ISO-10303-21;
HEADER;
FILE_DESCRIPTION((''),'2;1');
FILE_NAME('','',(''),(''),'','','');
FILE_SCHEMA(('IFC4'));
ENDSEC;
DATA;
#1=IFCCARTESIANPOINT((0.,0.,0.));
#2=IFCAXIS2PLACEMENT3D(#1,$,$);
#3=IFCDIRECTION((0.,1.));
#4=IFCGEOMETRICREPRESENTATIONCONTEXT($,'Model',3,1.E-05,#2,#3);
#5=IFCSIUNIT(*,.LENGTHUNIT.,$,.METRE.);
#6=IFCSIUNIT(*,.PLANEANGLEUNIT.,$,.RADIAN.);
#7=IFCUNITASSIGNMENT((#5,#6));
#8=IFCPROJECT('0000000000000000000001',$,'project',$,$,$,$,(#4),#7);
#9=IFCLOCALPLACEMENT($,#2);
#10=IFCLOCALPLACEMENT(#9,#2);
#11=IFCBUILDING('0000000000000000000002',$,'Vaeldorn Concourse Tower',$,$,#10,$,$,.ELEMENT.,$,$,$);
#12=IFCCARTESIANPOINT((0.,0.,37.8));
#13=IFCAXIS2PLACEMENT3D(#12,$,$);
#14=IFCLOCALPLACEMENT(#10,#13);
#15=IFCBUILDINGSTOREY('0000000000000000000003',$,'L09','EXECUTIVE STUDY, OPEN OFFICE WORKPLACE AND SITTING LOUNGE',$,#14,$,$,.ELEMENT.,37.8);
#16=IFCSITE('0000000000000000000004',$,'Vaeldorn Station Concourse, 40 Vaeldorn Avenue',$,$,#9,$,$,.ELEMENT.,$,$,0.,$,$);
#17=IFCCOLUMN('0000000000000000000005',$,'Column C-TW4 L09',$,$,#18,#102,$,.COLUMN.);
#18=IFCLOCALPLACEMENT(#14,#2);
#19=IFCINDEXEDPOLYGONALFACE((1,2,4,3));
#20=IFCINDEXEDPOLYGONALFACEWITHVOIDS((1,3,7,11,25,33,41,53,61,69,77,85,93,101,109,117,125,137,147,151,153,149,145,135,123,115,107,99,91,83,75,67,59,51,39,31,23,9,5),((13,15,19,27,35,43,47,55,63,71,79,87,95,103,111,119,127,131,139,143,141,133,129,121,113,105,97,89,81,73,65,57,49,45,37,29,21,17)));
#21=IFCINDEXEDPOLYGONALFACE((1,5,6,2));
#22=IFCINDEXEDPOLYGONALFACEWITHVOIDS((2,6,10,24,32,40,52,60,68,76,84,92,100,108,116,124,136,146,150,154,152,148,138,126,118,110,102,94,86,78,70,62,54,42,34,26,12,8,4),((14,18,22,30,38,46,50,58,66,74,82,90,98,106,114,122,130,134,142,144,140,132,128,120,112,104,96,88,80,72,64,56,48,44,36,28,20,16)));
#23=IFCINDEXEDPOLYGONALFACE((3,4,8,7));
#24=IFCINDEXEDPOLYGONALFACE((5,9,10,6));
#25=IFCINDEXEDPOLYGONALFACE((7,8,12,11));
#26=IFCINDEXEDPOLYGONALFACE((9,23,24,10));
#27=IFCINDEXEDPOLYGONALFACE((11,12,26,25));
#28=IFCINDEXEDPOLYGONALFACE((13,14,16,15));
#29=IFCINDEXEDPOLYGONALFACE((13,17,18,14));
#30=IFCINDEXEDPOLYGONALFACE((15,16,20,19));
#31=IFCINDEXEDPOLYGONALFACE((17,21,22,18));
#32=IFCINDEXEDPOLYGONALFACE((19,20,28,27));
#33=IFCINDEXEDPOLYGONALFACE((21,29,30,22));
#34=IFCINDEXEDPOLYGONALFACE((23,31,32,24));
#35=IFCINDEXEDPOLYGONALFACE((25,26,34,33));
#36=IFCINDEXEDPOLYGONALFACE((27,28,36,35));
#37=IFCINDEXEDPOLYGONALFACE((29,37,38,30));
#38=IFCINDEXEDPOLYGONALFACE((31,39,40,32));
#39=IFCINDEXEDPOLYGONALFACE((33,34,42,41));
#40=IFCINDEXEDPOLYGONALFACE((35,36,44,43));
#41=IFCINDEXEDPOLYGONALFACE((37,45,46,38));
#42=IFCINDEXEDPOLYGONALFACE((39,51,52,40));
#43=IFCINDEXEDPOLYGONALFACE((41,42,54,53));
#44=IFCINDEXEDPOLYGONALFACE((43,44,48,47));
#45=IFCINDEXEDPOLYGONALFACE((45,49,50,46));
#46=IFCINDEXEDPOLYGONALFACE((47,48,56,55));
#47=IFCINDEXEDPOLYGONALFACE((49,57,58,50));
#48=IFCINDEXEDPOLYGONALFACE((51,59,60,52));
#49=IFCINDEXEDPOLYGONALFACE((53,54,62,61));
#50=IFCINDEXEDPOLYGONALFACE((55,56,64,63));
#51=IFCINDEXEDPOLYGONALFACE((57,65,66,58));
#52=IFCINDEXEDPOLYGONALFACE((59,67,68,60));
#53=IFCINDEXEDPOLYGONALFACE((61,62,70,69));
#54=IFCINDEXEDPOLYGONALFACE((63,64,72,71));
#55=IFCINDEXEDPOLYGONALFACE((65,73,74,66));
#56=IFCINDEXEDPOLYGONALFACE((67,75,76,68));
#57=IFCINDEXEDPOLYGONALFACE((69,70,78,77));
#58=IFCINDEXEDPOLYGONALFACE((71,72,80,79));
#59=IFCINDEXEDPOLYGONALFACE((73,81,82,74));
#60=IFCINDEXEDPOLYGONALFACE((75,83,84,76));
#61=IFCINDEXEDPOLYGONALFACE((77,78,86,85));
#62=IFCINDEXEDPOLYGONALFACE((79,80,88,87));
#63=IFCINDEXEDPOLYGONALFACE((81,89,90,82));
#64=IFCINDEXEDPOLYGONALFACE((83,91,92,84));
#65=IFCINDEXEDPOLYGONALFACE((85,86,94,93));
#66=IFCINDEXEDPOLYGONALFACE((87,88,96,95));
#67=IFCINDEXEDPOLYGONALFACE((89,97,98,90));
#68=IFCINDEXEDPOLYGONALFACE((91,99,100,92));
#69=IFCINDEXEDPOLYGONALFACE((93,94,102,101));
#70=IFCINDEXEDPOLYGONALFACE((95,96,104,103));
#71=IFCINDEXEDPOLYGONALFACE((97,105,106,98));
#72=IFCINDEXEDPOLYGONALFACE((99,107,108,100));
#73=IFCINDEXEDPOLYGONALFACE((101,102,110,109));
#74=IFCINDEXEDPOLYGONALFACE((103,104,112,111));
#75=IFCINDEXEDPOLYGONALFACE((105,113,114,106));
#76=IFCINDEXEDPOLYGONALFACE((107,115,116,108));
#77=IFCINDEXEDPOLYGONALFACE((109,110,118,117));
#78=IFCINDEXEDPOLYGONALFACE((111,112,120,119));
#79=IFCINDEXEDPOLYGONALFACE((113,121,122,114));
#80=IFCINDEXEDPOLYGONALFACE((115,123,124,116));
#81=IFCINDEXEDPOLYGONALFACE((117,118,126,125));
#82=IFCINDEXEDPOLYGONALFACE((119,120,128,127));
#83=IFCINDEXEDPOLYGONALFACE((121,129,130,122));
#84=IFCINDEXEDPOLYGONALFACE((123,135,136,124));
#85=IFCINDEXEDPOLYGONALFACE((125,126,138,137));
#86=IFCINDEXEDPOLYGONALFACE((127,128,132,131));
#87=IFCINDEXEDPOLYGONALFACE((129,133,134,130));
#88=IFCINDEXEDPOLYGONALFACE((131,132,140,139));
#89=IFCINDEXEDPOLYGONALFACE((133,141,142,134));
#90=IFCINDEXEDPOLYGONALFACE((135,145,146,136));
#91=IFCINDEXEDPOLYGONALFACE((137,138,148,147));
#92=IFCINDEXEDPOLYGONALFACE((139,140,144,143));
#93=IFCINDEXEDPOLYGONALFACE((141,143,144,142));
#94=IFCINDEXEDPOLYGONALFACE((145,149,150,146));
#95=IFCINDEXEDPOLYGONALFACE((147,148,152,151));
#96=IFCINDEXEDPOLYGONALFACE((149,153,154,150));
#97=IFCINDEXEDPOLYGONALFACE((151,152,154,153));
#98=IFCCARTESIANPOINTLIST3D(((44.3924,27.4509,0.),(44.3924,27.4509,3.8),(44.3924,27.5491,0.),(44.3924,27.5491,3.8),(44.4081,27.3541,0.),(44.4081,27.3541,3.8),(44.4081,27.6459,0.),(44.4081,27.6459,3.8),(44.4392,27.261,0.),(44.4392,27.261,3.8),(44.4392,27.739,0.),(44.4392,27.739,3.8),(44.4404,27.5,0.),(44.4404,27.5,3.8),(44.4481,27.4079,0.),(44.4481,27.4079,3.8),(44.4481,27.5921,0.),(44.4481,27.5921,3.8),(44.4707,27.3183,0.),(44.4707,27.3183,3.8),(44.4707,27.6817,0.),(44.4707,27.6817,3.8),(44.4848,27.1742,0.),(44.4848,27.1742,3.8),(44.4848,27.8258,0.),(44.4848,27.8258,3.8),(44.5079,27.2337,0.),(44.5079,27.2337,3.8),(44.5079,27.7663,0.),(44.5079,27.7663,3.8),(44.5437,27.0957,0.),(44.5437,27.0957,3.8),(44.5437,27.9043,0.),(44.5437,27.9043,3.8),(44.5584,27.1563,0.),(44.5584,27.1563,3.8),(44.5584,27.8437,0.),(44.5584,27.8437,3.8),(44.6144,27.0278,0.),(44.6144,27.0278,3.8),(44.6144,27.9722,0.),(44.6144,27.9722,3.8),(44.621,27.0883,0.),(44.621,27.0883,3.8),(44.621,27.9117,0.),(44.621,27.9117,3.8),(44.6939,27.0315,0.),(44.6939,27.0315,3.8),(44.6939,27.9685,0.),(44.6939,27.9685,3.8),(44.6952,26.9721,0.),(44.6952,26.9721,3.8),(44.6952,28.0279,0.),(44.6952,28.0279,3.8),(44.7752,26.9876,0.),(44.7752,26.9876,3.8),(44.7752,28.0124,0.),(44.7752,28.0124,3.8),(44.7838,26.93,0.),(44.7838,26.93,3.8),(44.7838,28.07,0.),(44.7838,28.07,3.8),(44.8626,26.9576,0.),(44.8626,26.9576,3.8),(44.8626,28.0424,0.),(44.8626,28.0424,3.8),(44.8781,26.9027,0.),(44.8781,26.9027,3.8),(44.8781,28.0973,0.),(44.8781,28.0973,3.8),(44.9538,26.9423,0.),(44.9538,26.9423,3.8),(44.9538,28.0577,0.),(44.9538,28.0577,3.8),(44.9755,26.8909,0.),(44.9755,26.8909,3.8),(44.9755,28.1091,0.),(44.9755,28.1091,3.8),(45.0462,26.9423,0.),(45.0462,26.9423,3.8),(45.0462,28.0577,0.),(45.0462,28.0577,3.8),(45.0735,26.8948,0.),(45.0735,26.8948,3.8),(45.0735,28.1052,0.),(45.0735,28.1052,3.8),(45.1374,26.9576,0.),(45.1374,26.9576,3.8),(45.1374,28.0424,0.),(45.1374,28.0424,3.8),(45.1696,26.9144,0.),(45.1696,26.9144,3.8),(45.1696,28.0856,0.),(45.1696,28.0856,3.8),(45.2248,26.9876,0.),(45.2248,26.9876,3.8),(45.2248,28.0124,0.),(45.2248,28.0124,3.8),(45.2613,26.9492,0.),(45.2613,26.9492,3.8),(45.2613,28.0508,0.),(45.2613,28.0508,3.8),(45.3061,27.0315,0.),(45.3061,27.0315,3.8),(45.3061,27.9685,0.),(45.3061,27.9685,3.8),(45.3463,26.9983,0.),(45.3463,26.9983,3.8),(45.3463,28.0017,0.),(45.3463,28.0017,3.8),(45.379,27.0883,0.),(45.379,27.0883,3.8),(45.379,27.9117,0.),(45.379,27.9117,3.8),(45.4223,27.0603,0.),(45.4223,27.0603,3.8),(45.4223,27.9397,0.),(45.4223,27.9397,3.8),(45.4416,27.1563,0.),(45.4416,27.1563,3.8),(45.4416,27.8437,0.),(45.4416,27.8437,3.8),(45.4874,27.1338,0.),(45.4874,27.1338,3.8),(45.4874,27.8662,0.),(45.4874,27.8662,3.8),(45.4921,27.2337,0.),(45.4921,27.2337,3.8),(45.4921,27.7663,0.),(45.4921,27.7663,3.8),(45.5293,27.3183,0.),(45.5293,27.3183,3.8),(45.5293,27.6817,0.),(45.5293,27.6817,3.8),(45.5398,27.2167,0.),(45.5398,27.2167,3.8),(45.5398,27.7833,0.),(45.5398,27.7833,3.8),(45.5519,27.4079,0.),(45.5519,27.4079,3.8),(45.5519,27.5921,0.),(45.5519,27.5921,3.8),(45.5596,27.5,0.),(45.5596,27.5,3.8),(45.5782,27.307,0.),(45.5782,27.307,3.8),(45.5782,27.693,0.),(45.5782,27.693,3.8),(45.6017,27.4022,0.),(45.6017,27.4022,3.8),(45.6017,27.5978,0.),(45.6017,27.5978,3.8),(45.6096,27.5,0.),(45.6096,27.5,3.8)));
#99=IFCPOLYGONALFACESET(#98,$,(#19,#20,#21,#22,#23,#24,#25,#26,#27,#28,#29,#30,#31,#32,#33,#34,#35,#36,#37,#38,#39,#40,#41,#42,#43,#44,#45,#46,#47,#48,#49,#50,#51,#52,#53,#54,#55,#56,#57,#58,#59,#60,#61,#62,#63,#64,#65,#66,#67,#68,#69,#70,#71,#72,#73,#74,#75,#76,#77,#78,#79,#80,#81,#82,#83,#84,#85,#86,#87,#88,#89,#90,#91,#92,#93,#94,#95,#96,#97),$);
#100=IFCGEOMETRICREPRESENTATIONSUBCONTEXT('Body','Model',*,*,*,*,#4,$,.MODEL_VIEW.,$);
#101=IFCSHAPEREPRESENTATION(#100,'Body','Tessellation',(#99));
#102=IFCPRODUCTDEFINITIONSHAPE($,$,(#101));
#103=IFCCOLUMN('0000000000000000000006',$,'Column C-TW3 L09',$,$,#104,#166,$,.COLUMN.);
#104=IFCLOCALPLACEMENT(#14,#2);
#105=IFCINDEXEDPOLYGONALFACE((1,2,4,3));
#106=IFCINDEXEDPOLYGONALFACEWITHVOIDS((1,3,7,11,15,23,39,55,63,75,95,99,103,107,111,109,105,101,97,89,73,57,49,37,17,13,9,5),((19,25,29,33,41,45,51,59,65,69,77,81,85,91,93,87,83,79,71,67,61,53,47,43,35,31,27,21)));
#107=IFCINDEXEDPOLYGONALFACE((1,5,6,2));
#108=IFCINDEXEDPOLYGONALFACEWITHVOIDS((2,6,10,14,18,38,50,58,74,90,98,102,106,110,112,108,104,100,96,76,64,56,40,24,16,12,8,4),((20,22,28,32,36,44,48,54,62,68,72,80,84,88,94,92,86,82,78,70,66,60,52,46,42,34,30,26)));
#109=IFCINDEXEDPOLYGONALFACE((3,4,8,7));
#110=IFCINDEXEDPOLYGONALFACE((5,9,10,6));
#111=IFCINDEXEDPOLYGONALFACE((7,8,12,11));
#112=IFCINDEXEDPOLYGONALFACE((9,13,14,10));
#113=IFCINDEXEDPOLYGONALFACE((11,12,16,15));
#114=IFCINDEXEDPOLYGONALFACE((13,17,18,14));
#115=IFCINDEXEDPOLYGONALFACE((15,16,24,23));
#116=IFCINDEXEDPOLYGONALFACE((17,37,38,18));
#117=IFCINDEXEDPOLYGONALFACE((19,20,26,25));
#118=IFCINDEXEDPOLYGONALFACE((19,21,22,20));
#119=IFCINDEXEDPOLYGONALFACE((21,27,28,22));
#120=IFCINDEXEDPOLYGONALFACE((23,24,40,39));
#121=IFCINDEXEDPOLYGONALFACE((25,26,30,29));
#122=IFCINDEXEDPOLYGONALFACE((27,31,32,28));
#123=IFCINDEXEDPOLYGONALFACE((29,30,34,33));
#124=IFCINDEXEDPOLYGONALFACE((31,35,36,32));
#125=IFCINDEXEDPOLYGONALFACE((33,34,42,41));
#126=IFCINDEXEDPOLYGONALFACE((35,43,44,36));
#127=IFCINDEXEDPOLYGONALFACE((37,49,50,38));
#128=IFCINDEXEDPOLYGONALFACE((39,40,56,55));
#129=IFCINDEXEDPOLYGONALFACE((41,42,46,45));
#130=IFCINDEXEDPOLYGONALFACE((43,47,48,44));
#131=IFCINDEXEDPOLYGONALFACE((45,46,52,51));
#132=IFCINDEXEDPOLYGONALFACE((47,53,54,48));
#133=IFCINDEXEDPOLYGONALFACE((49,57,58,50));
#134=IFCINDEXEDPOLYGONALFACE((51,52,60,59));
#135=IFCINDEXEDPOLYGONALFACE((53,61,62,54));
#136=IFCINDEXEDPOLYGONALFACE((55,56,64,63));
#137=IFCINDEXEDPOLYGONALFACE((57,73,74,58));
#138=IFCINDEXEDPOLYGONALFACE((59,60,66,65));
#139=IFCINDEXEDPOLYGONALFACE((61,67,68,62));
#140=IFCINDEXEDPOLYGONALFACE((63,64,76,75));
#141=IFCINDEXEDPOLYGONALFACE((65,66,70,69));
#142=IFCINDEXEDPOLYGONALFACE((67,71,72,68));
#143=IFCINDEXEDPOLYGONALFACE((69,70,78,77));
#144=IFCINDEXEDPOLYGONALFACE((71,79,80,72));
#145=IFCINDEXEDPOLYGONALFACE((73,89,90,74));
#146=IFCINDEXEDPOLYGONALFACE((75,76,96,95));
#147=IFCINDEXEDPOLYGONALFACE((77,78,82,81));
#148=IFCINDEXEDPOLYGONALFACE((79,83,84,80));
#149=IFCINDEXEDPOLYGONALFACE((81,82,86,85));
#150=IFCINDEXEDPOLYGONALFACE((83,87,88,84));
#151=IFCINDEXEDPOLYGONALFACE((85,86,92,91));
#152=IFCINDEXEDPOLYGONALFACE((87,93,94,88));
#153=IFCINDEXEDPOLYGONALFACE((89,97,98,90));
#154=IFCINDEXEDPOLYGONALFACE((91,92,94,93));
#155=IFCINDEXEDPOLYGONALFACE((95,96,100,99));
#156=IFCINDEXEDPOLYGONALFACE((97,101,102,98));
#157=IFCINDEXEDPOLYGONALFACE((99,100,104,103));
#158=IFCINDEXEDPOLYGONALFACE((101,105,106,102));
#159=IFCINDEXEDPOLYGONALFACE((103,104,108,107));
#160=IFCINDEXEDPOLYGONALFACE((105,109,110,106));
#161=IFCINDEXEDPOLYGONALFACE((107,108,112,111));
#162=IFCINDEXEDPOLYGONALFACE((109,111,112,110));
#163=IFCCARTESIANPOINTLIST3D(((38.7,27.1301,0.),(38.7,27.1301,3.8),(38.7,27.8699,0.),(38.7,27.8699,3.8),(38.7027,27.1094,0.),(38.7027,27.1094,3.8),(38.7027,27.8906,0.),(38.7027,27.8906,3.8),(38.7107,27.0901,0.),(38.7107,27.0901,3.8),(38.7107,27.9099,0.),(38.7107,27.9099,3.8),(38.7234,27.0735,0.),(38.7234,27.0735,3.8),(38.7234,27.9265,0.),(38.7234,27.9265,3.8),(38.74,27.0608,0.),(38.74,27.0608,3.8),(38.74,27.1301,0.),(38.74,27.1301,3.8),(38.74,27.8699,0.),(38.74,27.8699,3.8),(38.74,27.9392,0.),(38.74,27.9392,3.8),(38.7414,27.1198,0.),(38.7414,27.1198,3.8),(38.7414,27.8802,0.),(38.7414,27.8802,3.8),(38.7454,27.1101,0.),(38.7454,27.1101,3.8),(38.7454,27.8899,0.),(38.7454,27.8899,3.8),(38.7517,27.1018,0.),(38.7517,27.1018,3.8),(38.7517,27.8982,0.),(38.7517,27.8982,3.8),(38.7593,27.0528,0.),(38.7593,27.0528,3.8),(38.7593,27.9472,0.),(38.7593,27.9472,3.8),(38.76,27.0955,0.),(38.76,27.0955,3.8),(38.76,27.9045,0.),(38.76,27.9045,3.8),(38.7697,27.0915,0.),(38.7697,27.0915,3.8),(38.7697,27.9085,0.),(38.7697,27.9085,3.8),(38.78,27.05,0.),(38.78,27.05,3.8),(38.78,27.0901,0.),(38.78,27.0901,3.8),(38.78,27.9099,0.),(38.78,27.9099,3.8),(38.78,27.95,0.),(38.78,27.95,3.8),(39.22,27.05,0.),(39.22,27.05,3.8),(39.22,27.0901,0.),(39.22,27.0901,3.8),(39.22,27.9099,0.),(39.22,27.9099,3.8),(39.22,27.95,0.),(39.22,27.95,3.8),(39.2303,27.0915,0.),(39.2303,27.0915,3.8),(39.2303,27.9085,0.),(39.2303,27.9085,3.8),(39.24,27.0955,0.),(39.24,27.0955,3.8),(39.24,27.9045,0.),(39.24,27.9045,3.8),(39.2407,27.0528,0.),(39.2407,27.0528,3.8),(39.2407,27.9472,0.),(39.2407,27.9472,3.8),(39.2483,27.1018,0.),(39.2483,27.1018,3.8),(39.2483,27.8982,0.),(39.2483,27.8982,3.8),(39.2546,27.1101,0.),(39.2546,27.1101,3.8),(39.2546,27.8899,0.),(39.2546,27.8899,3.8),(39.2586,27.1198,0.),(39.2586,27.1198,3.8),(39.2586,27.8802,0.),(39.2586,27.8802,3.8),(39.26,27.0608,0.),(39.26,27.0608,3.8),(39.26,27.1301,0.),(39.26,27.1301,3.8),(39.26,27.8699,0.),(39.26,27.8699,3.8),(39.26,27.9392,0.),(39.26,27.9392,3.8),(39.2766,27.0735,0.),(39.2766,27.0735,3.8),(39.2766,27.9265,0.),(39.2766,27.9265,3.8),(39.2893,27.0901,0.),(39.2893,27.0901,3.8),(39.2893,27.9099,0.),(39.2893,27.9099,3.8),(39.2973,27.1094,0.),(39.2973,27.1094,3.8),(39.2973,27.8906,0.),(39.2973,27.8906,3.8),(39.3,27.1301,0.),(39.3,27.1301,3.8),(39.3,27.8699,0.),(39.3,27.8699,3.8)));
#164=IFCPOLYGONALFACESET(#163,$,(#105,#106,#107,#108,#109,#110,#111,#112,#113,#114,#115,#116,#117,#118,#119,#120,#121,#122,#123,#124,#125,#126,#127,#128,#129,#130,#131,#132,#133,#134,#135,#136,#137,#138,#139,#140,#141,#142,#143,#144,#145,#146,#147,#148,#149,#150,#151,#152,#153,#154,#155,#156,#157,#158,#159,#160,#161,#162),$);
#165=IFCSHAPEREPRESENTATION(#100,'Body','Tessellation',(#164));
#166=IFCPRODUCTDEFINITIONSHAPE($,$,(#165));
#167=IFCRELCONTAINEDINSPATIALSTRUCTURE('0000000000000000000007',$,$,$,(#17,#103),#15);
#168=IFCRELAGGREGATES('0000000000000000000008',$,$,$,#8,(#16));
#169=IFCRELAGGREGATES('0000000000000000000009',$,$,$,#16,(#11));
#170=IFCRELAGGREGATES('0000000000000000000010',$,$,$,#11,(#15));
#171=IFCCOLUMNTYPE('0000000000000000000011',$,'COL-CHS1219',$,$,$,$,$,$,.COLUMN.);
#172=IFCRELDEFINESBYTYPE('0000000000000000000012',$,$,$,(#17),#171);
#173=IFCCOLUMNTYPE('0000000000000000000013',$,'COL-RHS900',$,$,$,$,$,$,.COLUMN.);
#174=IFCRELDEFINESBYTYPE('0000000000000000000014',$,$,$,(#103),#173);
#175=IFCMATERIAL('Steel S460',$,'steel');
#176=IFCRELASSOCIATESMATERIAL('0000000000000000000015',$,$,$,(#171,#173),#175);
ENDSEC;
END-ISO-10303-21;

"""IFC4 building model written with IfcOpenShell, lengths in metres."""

from ifc_helpers import new_model, si_unit, direction, frame, origin, origin_2d, place, context, subcontext, project, spatial, hollow_rectangle, hollow_circle, extrude, source, transform, mapped, material, material_profile, profile_set, type_object, element, save


model = new_model("IFC4")

# Units and contexts
model_context = context("Model", 3, precision=1e-05, world=origin(), true_north=direction((0.0, 1.0)))
body_context = subcontext(model_context, "Body", "Model", "MODEL_VIEW")
ifc_project = project(units=[si_unit("LENGTHUNIT", "METRE"), si_unit("PLANEANGLEUNIT", "RADIAN")], contexts=[model_context])

# Site, building, storey
site_placement = place(None, origin())
site = spatial("IfcSite", under=ifc_project, at=site_placement, Name="Vaeldorn Station Concourse, 40 Vaeldorn Avenue", CompositionType="ELEMENT", RefElevation=0.0)
building_placement = place(site_placement, origin())
building = spatial("IfcBuilding", under=site, at=building_placement, Name="Vaeldorn Concourse Tower", CompositionType="ELEMENT")
storey_placement = place(building_placement, frame((0.0, 0.0, 37.8)))
storey = spatial("IfcBuildingStorey", under=building, at=storey_placement, Name="L09", Description="EXECUTIVE STUDY, OPEN OFFICE WORKPLACE AND SITTING LOUNGE", CompositionType="ELEMENT", Elevation=37.8)

# Columns
ifc_material_1 = material(Name="Steel S460", Category="steel")
ifc_material_profile_1 = material_profile(ifc_material_1, hollow_circle(Radius=0.6096, WallThickness=0.05, at=origin_2d()), Name="CHS 1219x50")
ifc_profile_set_1 = profile_set([ifc_material_profile_1], Name="Steel S460")
column_type_1 = type_object("IfcColumnType", Name="COL-CHS1219", PredefinedType="COLUMN", material=ifc_profile_set_1)
shared_shape_1 = source(origin(), body_context, "Body", "SweptSolid", [
    extrude(hollow_circle(Radius=0.6096, WallThickness=0.05, at=origin_2d()), origin(), (0.0, 0.0, 1.0), 3.8),
])
column_placement = place(storey_placement, frame((45.0, 27.5, 0.0), z_axis=(0.0, 0.0, 1.0), x_axis=(1.0, 0.0, 0.0)))
element("IfcColumn", 1, at=column_placement, inside=storey, type_object=column_type_1, Name="Column C-TW4 L09", PredefinedType="COLUMN", context=body_context, shape_type="MappedRepresentation", body=[
    mapped(shared_shape_1, transform((0.0, 0.0, 0.0), scale=1.0)),
])
ifc_material_profile_2 = material_profile(ifc_material_1, hollow_rectangle(XDim=0.6001, YDim=0.8999, WallThickness=0.04, InnerFilletRadius=0.04, OuterFilletRadius=0.0801, at=origin_2d()), Name="RHS 900x600x40")
ifc_profile_set_2 = profile_set([ifc_material_profile_2], Name="Steel S460")
column_type_2 = type_object("IfcColumnType", Name="COL-RHS900", PredefinedType="COLUMN", material=ifc_profile_set_2)
shared_shape_2 = source(origin(), body_context, "Body", "SweptSolid", [
    extrude(hollow_rectangle(XDim=0.6001, YDim=0.8999, WallThickness=0.04, InnerFilletRadius=0.04, OuterFilletRadius=0.0801, at=origin_2d()), origin(), (0.0, 0.0, 1.0), 3.8),
])
for number, where, z_axis, x_axis, name in (
    (2, (39.0, 27.5, 0.0), (0.0, 0.0, 1.0), (1.0, 0.0, 0.0), "Column C-TW3 L09"),
):
    element("IfcColumn", number, at=place(storey_placement, frame(where, z_axis=z_axis, x_axis=x_axis)), inside=storey, type_object=column_type_2, Name=name, PredefinedType="COLUMN", context=body_context, shape_type="MappedRepresentation", body=[
        mapped(shared_shape_2, transform((0.0, 0.0, 0.0), scale=1.0)),
    ])

save(model, "model.ifc")
